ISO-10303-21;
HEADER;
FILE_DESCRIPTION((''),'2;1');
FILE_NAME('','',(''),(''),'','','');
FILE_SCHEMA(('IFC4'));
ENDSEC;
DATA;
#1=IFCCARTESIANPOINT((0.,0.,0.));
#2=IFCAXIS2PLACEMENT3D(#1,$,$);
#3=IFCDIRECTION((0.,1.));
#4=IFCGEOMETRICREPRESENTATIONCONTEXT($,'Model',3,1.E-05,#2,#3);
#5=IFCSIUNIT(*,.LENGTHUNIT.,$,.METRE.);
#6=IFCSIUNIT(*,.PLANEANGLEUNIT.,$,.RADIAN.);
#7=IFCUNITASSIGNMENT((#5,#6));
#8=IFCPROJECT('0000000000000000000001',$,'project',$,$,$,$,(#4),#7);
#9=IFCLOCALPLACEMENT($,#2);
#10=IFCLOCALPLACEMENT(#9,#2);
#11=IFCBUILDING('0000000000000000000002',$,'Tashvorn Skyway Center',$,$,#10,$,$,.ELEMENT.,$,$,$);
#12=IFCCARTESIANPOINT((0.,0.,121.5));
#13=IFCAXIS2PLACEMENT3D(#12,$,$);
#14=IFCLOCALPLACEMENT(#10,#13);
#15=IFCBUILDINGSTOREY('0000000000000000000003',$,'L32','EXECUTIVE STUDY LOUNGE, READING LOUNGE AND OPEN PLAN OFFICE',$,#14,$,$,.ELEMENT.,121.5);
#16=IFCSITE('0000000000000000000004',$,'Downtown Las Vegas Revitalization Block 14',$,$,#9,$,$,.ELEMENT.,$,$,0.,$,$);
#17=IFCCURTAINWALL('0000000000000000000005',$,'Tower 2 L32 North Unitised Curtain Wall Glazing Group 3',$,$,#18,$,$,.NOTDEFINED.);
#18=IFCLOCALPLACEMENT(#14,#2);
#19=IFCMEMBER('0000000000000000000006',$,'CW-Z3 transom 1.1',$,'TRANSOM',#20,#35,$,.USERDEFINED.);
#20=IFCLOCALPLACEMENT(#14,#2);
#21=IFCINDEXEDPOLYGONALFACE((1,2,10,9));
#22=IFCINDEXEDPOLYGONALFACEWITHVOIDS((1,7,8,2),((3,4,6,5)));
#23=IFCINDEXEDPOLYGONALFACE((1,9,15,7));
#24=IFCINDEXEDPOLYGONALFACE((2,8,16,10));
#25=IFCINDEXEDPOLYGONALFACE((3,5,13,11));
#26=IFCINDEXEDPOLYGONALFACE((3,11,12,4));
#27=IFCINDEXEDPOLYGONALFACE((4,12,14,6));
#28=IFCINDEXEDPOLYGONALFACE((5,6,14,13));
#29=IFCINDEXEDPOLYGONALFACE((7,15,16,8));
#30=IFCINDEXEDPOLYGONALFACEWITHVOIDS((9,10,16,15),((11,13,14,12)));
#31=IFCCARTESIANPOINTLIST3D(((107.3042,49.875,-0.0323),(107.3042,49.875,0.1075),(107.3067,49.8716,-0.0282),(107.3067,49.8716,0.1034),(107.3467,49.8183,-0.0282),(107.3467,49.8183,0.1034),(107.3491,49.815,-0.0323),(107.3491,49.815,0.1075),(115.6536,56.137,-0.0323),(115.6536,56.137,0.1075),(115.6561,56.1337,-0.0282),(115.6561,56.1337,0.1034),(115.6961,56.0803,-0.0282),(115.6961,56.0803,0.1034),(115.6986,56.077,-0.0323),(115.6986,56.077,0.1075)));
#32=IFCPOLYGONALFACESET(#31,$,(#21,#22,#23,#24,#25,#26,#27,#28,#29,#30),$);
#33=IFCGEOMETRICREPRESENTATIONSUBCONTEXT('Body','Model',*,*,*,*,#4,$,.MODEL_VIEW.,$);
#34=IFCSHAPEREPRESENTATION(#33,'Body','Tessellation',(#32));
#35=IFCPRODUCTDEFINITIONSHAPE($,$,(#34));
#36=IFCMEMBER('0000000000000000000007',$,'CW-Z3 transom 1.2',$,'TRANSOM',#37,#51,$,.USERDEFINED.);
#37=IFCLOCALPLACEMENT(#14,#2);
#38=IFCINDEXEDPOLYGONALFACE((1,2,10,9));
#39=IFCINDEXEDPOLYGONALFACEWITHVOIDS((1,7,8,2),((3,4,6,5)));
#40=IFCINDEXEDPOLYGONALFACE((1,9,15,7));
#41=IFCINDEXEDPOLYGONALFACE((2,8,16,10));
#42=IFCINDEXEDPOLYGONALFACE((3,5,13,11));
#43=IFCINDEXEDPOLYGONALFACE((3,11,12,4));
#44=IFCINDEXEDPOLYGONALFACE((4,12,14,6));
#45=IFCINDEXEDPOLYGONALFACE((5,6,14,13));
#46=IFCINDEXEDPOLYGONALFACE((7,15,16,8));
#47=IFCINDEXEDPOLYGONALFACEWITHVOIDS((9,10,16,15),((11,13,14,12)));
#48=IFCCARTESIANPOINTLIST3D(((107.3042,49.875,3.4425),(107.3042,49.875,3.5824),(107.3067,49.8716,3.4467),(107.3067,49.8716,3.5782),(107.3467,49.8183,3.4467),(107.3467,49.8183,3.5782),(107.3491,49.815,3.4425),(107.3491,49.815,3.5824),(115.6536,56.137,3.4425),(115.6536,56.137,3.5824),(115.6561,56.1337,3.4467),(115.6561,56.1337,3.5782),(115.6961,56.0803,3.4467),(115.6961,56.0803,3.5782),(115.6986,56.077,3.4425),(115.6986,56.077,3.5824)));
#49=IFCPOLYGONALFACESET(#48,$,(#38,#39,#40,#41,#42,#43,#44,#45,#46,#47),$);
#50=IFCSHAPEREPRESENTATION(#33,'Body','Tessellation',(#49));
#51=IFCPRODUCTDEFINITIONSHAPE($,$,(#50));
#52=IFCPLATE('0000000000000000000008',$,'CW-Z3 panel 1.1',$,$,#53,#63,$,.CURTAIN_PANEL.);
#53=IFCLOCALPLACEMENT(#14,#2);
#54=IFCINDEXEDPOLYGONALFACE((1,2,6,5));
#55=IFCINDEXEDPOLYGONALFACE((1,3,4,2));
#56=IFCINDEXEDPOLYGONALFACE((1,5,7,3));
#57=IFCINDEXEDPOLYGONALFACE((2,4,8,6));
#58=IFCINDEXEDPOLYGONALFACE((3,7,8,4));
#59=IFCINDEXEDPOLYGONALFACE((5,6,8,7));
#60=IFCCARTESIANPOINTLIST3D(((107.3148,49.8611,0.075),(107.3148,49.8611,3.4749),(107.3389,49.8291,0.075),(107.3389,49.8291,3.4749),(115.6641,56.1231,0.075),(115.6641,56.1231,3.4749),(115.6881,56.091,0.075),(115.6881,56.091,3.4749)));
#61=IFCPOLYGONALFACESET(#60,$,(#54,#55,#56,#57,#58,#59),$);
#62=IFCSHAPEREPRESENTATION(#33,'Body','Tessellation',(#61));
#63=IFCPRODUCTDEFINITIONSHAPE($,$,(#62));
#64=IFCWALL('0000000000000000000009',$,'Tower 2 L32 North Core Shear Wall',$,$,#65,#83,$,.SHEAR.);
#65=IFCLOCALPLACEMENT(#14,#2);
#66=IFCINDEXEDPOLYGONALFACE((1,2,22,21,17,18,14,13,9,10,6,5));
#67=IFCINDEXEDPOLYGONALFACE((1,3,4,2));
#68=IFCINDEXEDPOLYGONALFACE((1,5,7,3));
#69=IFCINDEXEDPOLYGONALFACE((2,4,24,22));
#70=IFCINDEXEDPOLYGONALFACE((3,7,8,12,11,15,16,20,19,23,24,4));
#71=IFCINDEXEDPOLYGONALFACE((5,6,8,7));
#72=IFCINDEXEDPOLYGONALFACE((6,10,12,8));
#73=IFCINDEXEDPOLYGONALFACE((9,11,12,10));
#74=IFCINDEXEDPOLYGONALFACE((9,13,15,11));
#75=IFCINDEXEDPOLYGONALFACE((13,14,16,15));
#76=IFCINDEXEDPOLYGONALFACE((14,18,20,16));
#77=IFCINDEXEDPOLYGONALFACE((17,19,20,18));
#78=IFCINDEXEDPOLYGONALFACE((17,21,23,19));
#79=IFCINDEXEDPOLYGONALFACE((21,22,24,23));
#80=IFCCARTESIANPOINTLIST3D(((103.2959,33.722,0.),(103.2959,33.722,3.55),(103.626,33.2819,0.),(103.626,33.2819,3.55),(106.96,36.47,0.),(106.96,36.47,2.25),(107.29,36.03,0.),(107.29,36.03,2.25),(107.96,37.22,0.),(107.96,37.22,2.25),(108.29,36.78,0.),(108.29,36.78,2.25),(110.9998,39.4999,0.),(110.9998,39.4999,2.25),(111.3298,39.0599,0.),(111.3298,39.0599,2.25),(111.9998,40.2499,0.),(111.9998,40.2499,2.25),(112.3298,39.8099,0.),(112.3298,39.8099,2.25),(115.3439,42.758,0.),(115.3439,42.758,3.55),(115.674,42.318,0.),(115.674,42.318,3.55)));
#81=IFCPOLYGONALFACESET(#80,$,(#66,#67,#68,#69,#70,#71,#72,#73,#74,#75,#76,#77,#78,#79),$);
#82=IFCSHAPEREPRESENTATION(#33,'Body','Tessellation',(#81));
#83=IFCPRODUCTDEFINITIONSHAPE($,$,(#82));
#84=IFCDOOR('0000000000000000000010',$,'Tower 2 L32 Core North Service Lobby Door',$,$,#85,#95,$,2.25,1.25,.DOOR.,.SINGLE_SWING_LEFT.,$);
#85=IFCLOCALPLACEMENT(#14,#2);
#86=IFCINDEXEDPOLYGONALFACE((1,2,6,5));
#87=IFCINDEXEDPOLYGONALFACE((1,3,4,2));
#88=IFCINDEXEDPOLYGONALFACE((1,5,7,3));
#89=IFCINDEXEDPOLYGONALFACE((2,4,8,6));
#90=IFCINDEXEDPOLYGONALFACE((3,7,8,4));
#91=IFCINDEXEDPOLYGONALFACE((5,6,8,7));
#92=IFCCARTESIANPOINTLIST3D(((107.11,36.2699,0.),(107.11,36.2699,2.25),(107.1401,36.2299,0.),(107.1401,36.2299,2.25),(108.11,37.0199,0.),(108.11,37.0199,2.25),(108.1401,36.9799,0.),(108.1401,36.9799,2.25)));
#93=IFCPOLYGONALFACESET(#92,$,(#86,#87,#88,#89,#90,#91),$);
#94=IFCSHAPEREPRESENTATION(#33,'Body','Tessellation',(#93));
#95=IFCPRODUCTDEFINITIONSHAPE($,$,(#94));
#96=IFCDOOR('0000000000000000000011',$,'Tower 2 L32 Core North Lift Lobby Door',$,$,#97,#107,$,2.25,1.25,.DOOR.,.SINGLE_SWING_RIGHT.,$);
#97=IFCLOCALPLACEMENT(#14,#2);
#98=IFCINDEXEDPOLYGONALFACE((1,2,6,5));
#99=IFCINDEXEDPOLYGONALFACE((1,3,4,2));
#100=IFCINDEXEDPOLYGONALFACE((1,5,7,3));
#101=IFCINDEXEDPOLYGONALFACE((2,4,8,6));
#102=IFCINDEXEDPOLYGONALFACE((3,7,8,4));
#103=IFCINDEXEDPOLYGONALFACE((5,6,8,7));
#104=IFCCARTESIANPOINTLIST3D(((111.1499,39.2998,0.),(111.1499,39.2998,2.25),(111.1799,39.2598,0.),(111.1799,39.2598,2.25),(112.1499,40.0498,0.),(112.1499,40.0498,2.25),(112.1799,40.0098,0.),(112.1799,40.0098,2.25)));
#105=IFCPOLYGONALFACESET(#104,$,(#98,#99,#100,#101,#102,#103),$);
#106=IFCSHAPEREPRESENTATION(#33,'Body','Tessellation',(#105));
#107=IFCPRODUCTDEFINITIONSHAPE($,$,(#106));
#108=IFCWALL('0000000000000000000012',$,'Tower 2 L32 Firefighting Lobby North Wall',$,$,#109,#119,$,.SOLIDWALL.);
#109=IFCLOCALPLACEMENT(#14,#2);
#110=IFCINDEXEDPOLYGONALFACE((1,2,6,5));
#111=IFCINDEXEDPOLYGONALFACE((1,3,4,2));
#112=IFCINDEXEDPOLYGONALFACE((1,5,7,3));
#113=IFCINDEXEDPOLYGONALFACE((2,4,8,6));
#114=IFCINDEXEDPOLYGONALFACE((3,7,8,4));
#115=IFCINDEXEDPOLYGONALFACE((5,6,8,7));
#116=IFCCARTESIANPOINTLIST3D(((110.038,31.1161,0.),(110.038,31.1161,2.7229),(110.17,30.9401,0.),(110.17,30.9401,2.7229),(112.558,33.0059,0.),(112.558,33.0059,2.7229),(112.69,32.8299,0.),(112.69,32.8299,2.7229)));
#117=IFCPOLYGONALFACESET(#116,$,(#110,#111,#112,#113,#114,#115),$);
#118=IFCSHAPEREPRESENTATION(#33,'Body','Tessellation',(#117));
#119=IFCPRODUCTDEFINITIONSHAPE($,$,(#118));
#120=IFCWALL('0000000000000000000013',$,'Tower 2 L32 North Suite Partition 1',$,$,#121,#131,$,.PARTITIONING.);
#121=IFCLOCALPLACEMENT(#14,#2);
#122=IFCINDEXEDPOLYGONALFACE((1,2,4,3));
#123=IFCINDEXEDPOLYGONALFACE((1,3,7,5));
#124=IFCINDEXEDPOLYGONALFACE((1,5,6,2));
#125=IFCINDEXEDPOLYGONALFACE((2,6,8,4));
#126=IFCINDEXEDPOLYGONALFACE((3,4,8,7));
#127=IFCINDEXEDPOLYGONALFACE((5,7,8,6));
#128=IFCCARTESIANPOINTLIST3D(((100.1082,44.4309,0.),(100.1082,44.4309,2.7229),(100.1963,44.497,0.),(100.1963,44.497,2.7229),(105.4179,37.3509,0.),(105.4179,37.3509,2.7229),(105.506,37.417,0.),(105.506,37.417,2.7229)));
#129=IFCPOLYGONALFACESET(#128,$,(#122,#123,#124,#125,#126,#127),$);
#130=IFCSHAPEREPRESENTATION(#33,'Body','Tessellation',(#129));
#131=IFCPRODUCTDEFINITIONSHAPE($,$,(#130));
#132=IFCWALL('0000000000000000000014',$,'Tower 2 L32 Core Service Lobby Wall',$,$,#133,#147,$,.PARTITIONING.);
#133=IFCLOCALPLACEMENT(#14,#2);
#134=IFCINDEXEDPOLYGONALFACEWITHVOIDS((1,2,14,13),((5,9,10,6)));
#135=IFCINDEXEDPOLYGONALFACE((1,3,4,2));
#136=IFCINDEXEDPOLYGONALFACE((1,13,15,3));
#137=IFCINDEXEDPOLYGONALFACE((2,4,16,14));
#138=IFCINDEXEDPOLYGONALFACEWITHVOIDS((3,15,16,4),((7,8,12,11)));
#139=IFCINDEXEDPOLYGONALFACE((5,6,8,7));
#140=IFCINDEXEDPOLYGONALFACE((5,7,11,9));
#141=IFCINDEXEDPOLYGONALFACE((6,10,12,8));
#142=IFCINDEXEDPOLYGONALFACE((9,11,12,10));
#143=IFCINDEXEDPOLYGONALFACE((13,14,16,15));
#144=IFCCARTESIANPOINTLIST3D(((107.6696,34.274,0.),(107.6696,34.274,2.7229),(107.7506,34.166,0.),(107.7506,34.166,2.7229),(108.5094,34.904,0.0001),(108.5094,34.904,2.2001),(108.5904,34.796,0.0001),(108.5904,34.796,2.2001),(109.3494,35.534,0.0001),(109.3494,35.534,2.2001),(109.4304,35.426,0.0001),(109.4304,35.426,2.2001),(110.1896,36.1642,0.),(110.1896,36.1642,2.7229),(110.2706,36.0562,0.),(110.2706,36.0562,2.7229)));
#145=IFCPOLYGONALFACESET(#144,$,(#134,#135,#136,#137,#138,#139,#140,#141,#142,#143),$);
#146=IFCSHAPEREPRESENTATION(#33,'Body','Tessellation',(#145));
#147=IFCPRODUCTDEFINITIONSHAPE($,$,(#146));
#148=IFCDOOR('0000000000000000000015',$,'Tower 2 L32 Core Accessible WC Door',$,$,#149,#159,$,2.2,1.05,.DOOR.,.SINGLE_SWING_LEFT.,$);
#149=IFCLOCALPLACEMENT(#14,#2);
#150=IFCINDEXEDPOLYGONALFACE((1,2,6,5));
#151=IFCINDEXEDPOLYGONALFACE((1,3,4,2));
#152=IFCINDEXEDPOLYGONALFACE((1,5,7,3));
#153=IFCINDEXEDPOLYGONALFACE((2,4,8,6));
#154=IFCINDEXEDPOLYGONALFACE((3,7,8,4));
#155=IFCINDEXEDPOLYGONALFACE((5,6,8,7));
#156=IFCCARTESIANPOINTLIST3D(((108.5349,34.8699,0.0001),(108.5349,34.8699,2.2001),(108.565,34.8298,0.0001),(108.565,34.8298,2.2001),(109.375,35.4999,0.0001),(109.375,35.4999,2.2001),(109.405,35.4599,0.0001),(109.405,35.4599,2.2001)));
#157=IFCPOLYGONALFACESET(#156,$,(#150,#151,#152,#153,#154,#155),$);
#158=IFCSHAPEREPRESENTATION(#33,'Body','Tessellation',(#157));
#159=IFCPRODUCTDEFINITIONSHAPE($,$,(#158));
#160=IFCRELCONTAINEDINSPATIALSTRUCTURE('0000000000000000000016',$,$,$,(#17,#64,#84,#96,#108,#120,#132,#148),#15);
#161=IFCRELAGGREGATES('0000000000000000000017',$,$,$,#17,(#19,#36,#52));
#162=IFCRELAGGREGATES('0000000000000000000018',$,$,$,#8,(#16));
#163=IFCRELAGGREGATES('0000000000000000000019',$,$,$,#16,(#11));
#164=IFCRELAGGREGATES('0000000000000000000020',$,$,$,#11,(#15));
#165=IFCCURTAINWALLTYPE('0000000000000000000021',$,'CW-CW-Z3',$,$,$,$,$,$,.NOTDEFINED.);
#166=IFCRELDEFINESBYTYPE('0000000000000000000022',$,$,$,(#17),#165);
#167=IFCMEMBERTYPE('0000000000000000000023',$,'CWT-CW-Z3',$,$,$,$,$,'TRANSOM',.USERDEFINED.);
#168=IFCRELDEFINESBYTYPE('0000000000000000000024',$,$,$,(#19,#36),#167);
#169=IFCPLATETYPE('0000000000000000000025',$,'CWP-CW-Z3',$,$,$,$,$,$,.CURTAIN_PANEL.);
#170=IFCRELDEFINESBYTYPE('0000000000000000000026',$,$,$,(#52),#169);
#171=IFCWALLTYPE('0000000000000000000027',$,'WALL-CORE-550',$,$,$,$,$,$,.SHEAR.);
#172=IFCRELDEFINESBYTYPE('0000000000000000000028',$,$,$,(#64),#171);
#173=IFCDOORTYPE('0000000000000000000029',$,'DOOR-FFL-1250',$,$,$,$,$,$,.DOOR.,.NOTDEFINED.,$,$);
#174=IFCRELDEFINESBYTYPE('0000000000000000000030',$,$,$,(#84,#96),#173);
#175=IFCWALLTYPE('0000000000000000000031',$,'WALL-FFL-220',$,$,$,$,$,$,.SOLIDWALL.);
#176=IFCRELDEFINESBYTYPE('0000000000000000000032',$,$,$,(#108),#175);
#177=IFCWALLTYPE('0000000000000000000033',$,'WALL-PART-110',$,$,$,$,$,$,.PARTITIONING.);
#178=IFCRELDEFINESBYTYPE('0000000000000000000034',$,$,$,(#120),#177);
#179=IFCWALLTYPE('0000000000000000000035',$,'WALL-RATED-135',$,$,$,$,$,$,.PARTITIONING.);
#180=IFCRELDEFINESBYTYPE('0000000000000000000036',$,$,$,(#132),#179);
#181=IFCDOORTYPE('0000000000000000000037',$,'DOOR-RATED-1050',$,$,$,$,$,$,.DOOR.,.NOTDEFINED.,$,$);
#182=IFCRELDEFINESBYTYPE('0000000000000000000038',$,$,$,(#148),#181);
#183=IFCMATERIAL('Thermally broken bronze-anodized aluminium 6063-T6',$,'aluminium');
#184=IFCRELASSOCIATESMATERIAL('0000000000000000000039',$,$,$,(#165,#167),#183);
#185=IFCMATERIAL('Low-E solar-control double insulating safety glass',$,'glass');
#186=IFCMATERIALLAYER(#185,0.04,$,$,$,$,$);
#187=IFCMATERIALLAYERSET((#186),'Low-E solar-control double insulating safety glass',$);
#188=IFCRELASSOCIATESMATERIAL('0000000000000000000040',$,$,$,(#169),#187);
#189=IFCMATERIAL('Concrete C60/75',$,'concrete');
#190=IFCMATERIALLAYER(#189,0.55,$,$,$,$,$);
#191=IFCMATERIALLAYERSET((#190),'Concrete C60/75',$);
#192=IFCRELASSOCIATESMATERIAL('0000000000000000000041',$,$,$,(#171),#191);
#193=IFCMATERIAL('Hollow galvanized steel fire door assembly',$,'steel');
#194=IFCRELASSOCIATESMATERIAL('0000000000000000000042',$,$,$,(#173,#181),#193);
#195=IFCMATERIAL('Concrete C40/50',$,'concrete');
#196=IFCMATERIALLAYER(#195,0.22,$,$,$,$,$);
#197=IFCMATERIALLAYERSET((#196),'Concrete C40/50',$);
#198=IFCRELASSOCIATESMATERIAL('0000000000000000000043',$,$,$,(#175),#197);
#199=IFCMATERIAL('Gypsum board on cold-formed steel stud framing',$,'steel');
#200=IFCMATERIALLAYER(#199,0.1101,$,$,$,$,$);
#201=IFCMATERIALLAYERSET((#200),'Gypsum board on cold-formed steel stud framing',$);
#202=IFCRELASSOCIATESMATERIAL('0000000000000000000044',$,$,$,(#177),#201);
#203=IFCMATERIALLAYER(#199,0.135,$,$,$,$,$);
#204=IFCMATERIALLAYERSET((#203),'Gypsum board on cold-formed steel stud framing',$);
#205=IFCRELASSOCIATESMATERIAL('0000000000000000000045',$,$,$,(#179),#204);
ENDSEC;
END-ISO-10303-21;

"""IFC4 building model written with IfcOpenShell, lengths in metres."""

from ifc_helpers import new_model, si_unit, direction, frame, frame_2d, origin, origin_2d, place, context, subcontext, project, spatial, rectangle, hollow_rectangle, extrude, material, layer, layer_set, material_profile, profile_set, type_object, element, fill, aggregate, save


model = new_model("IFC4")

# Units and contexts
model_context = context("Model", 3, precision=1e-05, world=origin(), true_north=direction((0.0, 1.0)))
body_context = subcontext(model_context, "Body", "Model", "MODEL_VIEW")
ifc_project = project(units=[si_unit("LENGTHUNIT", "METRE"), si_unit("PLANEANGLEUNIT", "RADIAN")], contexts=[model_context])

# Site, building, storey
site_placement = place(None, origin())
site = spatial("IfcSite", under=ifc_project, at=site_placement, Name="Downtown Las Vegas Revitalization Block 14", CompositionType="ELEMENT", RefElevation=0.0)
building_placement = place(site_placement, origin())
building = spatial("IfcBuilding", under=site, at=building_placement, Name="Tashvorn Skyway Center", CompositionType="ELEMENT")
storey_placement = place(building_placement, frame((0.0, 0.0, 121.5)))
storey = spatial("IfcBuildingStorey", under=building, at=storey_placement, Name="L32", Description="EXECUTIVE STUDY LOUNGE, READING LOUNGE AND OPEN PLAN OFFICE", CompositionType="ELEMENT", Elevation=121.5)

# Shared definitions
ifc_material_1 = material(Name="Thermally broken bronze-anodized aluminium 6063-T6", Category="aluminium")
curtain_wall_type = type_object("IfcCurtainWallType", Name="CW-CW-Z3", PredefinedType="NOTDEFINED", material=ifc_material_1)

# Curtain wall, members, plate
curtain_wall_1_placement = place(storey_placement, origin())
curtain_wall_1 = element("IfcCurtainWall", 1, at=curtain_wall_1_placement, inside=storey, type_object=curtain_wall_type, Name="Tower 2 L32 North Unitised Curtain Wall Glazing Group 3", PredefinedType="NOTDEFINED")
ifc_material_profile_1 = material_profile(ifc_material_1, hollow_rectangle(XDim=0.075, YDim=0.1399, WallThickness=0.0042, at=origin_2d()), Name="ALU-TRAN-75x140")
ifc_profile_set_1 = profile_set([ifc_material_profile_1], Name="Thermally broken bronze-anodized aluminium 6063-T6")
member_type_1 = type_object("IfcMemberType", Name="CWT-CW-Z3", ElementType="TRANSOM", PredefinedType="USERDEFINED", material=ifc_profile_set_1)
member_1_placement = place(storey_placement, frame((107.3267, 49.845, 0.0376), z_axis=(0.800003, 0.599996, 0.0), x_axis=(-0.599996, 0.800003, 0.0)))
member_1 = element("IfcMember", 2, at=member_1_placement, type_object=member_type_1, Name="CW-Z3 transom 1.1", ObjectType="TRANSOM", PredefinedType="USERDEFINED", context=body_context, shape_type="SweptSolid", body=[
    extrude(hollow_rectangle(XDim=0.075, YDim=0.1399, WallThickness=0.0042, at=origin_2d()), origin(), (0.0, 0.0, 1.0), 10.4368),
])
member_2_placement = place(storey_placement, frame((107.3267, 49.845, 3.5125), z_axis=(0.800003, 0.599996, 0.0), x_axis=(-0.599996, 0.800003, 0.0)))
member_2 = element("IfcMember", 3, at=member_2_placement, type_object=member_type_1, Name="CW-Z3 transom 1.2", ObjectType="TRANSOM", PredefinedType="USERDEFINED", context=body_context, shape_type="SweptSolid", body=[
    extrude(hollow_rectangle(XDim=0.075, YDim=0.1399, WallThickness=0.0042, at=origin_2d()), origin(), (0.0, 0.0, 1.0), 10.4368),
])
ifc_material_2 = material(Name="Low-E solar-control double insulating safety glass", Category="glass")
ifc_layer_1 = layer(ifc_material_2, 0.04)
ifc_layer_set_1 = layer_set([ifc_layer_1], Name="Low-E solar-control double insulating safety glass")
plate_type = type_object("IfcPlateType", Name="CWP-CW-Z3", PredefinedType="CURTAIN_PANEL", material=ifc_layer_set_1)
plate_placement = place(storey_placement, frame((111.5015, 52.9761, 0.075), z_axis=(0.0, 0.0, 1.0), x_axis=(0.799999, 0.600002, 0.0)))
plate = element("IfcPlate", 4, at=plate_placement, type_object=plate_type, Name="CW-Z3 panel 1.1", PredefinedType="CURTAIN_PANEL", context=body_context, shape_type="SweptSolid", body=[
    extrude(rectangle(XDim=10.4365, YDim=0.04, at=origin_2d()), origin(), (0.0, 0.0, 1.0), 3.3999),
])
aggregate(curtain_wall_1, [member_1, member_2, plate])

# Wall, openings, doors
ifc_material_3 = material(Name="Concrete C60/75", Category="concrete")
ifc_layer_2 = layer(ifc_material_3, 0.55)
ifc_layer_set_2 = layer_set([ifc_layer_2], Name="Concrete C60/75")
wall_type_1 = type_object("IfcWallType", Name="WALL-CORE-550", PredefinedType="SHEAR", material=ifc_layer_set_2)
wall_1_placement = place(storey_placement, frame((103.4609, 33.502, 0.0), z_axis=(0.0, 0.0, 1.0), x_axis=(0.799998, 0.600003, 0.0)))
wall_1 = element("IfcWall", 5, at=wall_1_placement, inside=storey, type_object=wall_type_1, Name="Tower 2 L32 North Core Shear Wall", PredefinedType="SHEAR", context=body_context, shape_type="SweptSolid", body=[
    extrude(rectangle(XDim=15.0601, YDim=0.55, at=frame_2d((7.53, 0.0))), origin(), (0.0, 0.0, 1.0), 3.55),
])
opening_1_placement = place(wall_1_placement, frame((4.5801, 0.0, 0.0)))
opening_1 = element("IfcOpeningElement", 6, at=opening_1_placement, cuts=wall_1, PredefinedType="OPENING", context=body_context, shape_type="SweptSolid", body=[
    extrude(rectangle(XDim=1.25, YDim=2.25, at=frame_2d((0.625, 1.125))), frame((0.0, 0.2849, 0.0), z_axis=(0.0, -1.0, 0.0), x_axis=(1.0, 0.0, 0.0)), (0.0, 0.0, 1.0), 0.5701),
])
opening_2_placement = place(wall_1_placement, frame((9.6299, 0.0, 0.0)))
opening_2 = element("IfcOpeningElement", 7, at=opening_2_placement, cuts=wall_1, PredefinedType="OPENING", context=body_context, shape_type="SweptSolid", body=[
    extrude(rectangle(XDim=1.25, YDim=2.25, at=frame_2d((0.625, 1.125))), frame((0.0, 0.2849, 0.0), z_axis=(0.0, -1.0, 0.0), x_axis=(1.0, 0.0, 0.0)), (0.0, 0.0, 1.0), 0.5701),
])
ifc_material_4 = material(Name="Hollow galvanized steel fire door assembly", Category="steel")
door_type_1 = type_object("IfcDoorType", Name="DOOR-FFL-1250", OperationType="NOTDEFINED", PredefinedType="DOOR", material=ifc_material_4)
door_1_placement = place(opening_1_placement, origin())
door_1 = element("IfcDoor", 8, at=door_1_placement, inside=storey, type_object=door_type_1, Name="Tower 2 L32 Core North Service Lobby Door", OperationType="SINGLE_SWING_LEFT", OverallHeight=2.25, OverallWidth=1.25, PredefinedType="DOOR", context=body_context, shape_type="SweptSolid", body=[
    extrude(rectangle(XDim=1.25, YDim=2.25, at=frame_2d((0.625, 1.125))), frame((0.0, 0.0249, 0.0), z_axis=(0.0, -1.0, 0.0), x_axis=(1.0, 0.0, 0.0)), (0.0, 0.0, 1.0), 0.05),
])
fill(opening_1, door_1)
door_2_placement = place(opening_2_placement, origin())
door_2 = element("IfcDoor", 9, at=door_2_placement, inside=storey, type_object=door_type_1, Name="Tower 2 L32 Core North Lift Lobby Door", OperationType="SINGLE_SWING_RIGHT", OverallHeight=2.25, OverallWidth=1.25, PredefinedType="DOOR", context=body_context, shape_type="SweptSolid", body=[
    extrude(rectangle(XDim=1.25, YDim=2.25, at=frame_2d((0.625, 1.125))), frame((0.0, 0.0249, 0.0), z_axis=(0.0, -1.0, 0.0), x_axis=(1.0, 0.0, 0.0)), (0.0, 0.0, 1.0), 0.05),
])
fill(opening_2, door_2)

# Walls
ifc_material_5 = material(Name="Concrete C40/50", Category="concrete")
ifc_layer_3 = layer(ifc_material_5, 0.22)
ifc_layer_set_3 = layer_set([ifc_layer_3], Name="Concrete C40/50")
wall_type_2 = type_object("IfcWallType", Name="WALL-FFL-220", PredefinedType="SOLIDWALL", material=ifc_layer_set_3)
wall_2_placement = place(storey_placement, frame((110.104, 31.0281, 0.0), z_axis=(0.0, 0.0, 1.0), x_axis=(0.800019, 0.599975, 0.0)))
element("IfcWall", 10, at=wall_2_placement, inside=storey, type_object=wall_type_2, Name="Tower 2 L32 Firefighting Lobby North Wall", PredefinedType="SOLIDWALL", context=body_context, shape_type="SweptSolid", body=[
    extrude(rectangle(XDim=3.1499, YDim=0.22, at=frame_2d((1.575, 0.0))), origin(), (0.0, 0.0, 1.0), 2.7229),
])
ifc_material_6 = material(Name="Gypsum board on cold-formed steel stud framing", Category="steel")
ifc_layer_4 = layer(ifc_material_6, 0.1101)
ifc_layer_set_4 = layer_set([ifc_layer_4], Name="Gypsum board on cold-formed steel stud framing")
wall_type_3 = type_object("IfcWallType", Name="WALL-PART-110", PredefinedType="PARTITIONING", material=ifc_layer_set_4)
wall_3_placement = place(storey_placement, frame((105.4619, 37.384, 0.0), z_axis=(0.0, 0.0, 1.0), x_axis=(-0.599982, 0.800013, 0.0)))
element("IfcWall", 11, at=wall_3_placement, inside=storey, type_object=wall_type_3, Name="Tower 2 L32 North Suite Partition 1", PredefinedType="PARTITIONING", context=body_context, shape_type="SweptSolid", body=[
    extrude(rectangle(XDim=8.8499, YDim=0.1101, at=frame_2d((4.4248, 0.0))), origin(), (0.0, 0.0, 1.0), 2.7229),
])

# Wall, opening, door
ifc_layer_5 = layer(ifc_material_6, 0.135)
ifc_layer_set_5 = layer_set([ifc_layer_5], Name="Gypsum board on cold-formed steel stud framing")
wall_type_4 = type_object("IfcWallType", Name="WALL-RATED-135", PredefinedType="PARTITIONING", material=ifc_layer_set_5)
wall_4_placement = place(storey_placement, frame((107.71, 34.22, 0.0), z_axis=(0.0, 0.0, 1.0), x_axis=(0.799981, 0.600025, 0.0)))
wall_4 = element("IfcWall", 12, at=wall_4_placement, inside=storey, type_object=wall_type_4, Name="Tower 2 L32 Core Service Lobby Wall", PredefinedType="PARTITIONING", context=body_context, shape_type="SweptSolid", body=[
    extrude(rectangle(XDim=3.1501, YDim=0.135, at=frame_2d((1.5752, 0.0))), origin(), (0.0, 0.0, 1.0), 2.7229),
])
opening_3_placement = place(wall_4_placement, frame((1.05, 0.0, 0.0)))
opening_3 = element("IfcOpeningElement", 13, at=opening_3_placement, cuts=wall_4, PredefinedType="OPENING", context=body_context, shape_type="SweptSolid", body=[
    extrude(rectangle(XDim=1.05, YDim=2.2, at=frame_2d((0.5249, 1.1001))), frame((0.0, 0.0774, 0.0), z_axis=(0.0, -1.0, 0.0), x_axis=(1.0, 0.0, 0.0)), (0.0, 0.0, 1.0), 0.155),
])
door_type_2 = type_object("IfcDoorType", Name="DOOR-RATED-1050", OperationType="NOTDEFINED", PredefinedType="DOOR", material=ifc_material_4)
door_3_placement = place(opening_3_placement, origin())
door_3 = element("IfcDoor", 14, at=door_3_placement, inside=storey, type_object=door_type_2, Name="Tower 2 L32 Core Accessible WC Door", OperationType="SINGLE_SWING_LEFT", OverallHeight=2.2, OverallWidth=1.05, PredefinedType="DOOR", context=body_context, shape_type="SweptSolid", body=[
    extrude(rectangle(XDim=1.05, YDim=2.2, at=frame_2d((0.5249, 1.1001))), frame((0.0, 0.0249, 0.0), z_axis=(0.0, -1.0, 0.0), x_axis=(1.0, 0.0, 0.0)), (0.0, 0.0, 1.0), 0.05),
])
fill(opening_3, door_3)

save(model, "model.ifc")
